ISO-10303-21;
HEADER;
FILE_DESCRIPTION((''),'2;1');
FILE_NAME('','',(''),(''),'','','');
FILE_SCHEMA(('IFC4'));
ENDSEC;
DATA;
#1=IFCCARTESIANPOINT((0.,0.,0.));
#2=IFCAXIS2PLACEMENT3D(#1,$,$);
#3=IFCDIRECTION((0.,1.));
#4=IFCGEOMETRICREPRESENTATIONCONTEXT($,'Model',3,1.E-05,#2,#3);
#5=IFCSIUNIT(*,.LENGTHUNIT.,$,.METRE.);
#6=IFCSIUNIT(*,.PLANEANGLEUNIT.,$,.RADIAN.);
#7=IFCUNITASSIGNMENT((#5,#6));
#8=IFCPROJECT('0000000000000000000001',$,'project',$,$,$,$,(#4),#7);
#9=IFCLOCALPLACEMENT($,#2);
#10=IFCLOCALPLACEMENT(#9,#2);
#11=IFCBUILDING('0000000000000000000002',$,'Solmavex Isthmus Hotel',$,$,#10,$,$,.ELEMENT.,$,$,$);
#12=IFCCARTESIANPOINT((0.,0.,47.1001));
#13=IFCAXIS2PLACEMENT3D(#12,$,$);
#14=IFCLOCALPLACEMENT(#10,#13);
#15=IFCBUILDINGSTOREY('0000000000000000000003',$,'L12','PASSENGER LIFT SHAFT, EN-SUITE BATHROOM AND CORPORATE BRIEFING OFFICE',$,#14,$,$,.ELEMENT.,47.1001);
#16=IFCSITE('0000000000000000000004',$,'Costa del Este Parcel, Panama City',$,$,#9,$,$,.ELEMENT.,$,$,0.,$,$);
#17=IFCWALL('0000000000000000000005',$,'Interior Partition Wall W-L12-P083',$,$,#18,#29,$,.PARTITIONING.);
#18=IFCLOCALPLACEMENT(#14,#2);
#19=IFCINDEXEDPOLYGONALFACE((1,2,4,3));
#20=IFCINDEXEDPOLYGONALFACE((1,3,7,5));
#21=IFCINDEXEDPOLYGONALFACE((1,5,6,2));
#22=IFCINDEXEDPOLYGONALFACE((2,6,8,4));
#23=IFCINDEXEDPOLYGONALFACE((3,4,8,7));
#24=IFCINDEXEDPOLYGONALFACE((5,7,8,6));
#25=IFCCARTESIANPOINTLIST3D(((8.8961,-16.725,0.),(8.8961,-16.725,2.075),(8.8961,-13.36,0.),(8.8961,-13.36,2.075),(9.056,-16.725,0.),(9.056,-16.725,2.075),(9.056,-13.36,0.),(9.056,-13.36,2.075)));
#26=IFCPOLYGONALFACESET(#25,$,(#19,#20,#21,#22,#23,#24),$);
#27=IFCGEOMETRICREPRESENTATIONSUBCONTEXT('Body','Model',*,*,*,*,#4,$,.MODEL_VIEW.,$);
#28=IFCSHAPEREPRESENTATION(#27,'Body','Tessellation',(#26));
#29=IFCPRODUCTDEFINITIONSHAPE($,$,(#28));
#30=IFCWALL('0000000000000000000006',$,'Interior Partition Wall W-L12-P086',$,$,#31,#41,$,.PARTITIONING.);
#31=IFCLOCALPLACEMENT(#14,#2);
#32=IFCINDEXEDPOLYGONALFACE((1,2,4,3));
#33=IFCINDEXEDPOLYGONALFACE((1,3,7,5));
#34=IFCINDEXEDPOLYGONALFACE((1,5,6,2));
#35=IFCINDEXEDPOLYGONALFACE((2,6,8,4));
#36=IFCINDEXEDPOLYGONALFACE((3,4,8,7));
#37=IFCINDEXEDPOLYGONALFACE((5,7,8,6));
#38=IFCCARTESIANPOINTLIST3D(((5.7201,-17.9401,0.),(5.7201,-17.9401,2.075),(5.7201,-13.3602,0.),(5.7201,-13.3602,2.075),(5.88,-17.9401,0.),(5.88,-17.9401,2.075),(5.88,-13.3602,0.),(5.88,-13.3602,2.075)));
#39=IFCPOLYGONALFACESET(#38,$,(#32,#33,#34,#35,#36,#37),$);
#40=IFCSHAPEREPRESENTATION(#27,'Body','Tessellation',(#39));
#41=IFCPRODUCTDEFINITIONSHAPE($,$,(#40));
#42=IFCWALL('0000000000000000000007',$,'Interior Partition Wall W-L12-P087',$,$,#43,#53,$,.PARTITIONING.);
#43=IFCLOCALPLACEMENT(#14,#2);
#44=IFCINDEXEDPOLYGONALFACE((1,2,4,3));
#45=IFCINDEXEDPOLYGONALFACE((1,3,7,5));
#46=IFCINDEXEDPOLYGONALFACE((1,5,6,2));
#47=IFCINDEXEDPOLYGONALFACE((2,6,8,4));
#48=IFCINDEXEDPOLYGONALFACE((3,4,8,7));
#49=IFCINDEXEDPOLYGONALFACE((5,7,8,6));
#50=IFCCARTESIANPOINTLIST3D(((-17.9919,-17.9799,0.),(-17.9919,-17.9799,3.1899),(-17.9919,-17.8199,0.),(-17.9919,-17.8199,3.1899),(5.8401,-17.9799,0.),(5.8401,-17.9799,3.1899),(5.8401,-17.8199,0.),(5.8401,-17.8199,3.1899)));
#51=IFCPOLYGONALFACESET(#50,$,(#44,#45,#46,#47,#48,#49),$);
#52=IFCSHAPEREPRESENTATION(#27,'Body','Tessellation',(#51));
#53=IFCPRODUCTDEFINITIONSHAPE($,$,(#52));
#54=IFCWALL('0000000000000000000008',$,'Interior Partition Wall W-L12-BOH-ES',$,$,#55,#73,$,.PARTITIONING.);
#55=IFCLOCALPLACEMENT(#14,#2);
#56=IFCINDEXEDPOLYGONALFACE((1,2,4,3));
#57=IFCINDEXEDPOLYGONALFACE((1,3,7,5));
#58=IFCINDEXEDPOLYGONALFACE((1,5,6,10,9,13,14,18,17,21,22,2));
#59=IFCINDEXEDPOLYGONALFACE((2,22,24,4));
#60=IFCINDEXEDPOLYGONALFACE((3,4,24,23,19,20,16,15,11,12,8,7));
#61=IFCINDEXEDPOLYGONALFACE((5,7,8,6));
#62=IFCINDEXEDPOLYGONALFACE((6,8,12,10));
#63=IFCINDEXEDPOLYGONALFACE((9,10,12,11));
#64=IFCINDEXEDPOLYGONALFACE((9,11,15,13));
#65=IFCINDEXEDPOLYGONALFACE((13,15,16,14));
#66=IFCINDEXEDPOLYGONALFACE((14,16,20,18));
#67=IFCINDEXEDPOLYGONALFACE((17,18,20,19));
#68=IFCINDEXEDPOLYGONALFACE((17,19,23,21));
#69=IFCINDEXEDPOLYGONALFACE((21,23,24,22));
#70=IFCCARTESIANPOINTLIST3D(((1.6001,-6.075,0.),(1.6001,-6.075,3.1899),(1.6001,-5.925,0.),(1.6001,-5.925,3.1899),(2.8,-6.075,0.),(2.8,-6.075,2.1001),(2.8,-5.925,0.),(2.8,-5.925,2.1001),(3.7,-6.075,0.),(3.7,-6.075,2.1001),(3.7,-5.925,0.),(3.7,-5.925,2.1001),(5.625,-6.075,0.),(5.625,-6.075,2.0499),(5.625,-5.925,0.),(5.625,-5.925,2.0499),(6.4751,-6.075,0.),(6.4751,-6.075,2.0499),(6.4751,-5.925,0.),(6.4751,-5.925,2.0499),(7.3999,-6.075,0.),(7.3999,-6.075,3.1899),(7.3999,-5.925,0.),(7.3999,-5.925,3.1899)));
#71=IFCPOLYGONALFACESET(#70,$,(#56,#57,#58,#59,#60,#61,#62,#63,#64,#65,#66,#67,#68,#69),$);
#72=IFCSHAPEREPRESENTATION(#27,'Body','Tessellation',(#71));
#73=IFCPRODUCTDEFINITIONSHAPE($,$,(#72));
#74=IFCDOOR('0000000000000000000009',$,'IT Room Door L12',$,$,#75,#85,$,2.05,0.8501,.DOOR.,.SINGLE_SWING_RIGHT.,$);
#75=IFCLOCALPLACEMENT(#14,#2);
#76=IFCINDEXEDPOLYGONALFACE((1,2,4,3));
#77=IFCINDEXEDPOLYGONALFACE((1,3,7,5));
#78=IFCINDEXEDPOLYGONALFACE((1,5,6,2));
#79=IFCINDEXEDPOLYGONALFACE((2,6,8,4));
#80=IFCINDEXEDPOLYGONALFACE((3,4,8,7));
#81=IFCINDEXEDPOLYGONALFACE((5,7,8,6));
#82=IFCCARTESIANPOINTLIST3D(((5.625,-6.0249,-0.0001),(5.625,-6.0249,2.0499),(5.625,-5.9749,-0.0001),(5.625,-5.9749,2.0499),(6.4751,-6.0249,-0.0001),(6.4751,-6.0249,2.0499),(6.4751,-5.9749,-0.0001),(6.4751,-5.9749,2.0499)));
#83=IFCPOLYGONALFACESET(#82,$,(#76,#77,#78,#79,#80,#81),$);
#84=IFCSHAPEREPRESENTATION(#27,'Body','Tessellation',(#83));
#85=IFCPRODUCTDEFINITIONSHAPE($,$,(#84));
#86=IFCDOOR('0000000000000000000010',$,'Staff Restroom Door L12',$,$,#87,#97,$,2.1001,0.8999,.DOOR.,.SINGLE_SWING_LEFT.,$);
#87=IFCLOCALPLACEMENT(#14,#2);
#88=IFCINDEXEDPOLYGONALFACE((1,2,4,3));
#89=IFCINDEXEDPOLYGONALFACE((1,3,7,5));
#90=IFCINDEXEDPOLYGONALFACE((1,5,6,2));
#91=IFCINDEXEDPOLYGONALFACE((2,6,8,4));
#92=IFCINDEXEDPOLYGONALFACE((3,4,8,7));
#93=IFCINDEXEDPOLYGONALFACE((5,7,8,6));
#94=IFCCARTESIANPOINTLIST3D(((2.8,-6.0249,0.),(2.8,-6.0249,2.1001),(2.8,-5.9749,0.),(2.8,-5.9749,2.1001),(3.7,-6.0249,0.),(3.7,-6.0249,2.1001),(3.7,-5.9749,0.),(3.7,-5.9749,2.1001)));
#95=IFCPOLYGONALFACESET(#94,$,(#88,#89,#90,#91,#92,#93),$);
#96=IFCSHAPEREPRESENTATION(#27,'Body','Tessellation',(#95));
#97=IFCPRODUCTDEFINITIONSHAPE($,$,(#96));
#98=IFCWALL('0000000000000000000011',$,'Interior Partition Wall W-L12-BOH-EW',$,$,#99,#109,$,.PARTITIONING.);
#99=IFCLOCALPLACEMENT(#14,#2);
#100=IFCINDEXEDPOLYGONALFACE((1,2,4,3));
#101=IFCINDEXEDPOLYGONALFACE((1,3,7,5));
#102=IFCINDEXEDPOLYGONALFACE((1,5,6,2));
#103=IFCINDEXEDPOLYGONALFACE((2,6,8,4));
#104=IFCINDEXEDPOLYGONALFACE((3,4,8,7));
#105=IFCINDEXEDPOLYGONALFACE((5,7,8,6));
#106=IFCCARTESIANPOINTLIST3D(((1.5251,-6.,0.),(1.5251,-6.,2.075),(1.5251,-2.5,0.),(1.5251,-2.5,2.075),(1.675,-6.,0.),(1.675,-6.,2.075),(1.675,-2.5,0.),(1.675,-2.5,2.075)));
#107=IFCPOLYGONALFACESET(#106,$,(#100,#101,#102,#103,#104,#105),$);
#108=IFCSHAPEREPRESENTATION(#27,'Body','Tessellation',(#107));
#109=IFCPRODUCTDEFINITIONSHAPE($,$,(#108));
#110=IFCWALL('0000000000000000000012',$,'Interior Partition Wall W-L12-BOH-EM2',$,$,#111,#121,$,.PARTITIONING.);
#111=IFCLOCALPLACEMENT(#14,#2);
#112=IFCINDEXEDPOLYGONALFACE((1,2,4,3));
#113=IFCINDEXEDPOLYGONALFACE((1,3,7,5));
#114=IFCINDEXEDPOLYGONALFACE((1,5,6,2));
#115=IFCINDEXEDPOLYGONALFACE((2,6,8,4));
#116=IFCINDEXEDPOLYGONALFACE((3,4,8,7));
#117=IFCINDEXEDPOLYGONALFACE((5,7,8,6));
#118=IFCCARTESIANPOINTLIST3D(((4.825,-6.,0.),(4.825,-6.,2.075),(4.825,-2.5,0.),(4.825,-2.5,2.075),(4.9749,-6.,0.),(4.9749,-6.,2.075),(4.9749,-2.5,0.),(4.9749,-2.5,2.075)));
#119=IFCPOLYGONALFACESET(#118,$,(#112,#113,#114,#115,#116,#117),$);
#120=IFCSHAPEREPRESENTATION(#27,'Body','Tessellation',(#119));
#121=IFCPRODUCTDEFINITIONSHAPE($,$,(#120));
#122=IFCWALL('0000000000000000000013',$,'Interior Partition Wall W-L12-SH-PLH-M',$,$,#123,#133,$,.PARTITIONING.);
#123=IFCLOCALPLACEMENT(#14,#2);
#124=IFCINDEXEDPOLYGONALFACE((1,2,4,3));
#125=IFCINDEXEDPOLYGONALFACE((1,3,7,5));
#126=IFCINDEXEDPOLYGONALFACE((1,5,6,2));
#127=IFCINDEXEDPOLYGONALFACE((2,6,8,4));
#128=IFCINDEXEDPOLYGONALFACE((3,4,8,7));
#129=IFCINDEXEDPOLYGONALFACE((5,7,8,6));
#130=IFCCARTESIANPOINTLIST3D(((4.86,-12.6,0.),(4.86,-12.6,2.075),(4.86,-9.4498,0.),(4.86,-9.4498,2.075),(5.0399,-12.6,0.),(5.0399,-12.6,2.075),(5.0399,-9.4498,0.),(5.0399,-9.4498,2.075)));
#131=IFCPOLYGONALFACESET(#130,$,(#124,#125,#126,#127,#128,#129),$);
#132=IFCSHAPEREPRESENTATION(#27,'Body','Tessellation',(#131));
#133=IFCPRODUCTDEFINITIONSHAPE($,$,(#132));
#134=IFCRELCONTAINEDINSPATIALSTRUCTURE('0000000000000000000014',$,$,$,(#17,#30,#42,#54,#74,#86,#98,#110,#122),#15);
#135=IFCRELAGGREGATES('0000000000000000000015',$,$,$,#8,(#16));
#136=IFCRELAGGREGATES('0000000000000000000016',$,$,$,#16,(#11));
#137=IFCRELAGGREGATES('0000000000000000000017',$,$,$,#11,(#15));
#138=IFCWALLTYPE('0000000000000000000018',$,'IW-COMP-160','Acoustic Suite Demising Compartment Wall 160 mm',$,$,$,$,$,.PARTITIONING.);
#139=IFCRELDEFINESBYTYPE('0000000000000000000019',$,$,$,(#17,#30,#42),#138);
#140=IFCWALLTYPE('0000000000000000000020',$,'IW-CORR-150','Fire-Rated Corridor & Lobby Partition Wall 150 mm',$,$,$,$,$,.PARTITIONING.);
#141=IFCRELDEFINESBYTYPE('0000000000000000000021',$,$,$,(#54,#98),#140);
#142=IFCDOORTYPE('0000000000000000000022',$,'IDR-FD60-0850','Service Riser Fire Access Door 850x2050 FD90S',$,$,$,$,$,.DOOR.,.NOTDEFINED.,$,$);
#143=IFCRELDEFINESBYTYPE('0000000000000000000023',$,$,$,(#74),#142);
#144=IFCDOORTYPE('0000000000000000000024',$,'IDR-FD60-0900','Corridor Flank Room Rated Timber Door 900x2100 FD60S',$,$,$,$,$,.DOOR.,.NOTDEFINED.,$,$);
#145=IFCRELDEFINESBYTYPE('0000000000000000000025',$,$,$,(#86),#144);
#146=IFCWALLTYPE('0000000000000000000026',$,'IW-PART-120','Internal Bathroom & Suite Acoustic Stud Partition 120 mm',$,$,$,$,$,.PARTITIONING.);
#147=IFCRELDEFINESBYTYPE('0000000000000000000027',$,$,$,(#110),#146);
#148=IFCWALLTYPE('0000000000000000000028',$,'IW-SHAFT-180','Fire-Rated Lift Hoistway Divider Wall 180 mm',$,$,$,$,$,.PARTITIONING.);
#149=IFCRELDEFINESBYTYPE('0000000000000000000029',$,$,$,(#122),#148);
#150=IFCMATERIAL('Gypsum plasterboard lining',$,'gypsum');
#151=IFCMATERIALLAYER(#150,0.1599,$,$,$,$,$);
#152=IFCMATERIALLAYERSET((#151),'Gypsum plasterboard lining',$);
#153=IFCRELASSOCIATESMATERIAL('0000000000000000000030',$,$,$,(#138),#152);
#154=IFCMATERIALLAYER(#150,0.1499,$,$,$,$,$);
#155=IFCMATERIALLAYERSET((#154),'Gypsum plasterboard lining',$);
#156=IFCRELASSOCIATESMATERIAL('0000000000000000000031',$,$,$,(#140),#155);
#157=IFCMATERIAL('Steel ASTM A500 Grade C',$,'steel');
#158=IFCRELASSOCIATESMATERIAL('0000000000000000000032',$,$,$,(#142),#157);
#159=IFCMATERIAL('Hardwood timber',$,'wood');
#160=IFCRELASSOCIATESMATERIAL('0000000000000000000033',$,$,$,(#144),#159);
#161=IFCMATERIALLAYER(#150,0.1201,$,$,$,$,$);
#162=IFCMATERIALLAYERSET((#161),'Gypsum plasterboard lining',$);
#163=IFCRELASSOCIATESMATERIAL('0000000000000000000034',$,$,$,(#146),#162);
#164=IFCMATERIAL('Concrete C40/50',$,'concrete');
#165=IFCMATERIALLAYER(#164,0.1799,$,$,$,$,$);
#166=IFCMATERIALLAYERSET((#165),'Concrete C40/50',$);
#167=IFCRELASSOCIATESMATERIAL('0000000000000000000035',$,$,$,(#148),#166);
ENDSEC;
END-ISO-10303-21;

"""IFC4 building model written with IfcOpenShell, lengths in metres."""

from ifc_helpers import new_model, si_unit, direction, frame, frame_2d, origin, place, context, subcontext, project, spatial, rectangle, extrude, material, layer, layer_set, type_object, element, fill, save


model = new_model("IFC4")

# Units and contexts
model_context = context("Model", 3, precision=1e-05, world=origin(), true_north=direction((0.0, 1.0)))
body_context = subcontext(model_context, "Body", "Model", "MODEL_VIEW")
ifc_project = project(units=[si_unit("LENGTHUNIT", "METRE"), si_unit("PLANEANGLEUNIT", "RADIAN")], contexts=[model_context])

# Site, building, storey
site_placement = place(None, origin())
site = spatial("IfcSite", under=ifc_project, at=site_placement, Name="Costa del Este Parcel, Panama City", CompositionType="ELEMENT", RefElevation=0.0)
building_placement = place(site_placement, origin())
building = spatial("IfcBuilding", under=site, at=building_placement, Name="Solmavex Isthmus Hotel", CompositionType="ELEMENT")
storey_placement = place(building_placement, frame((0.0, 0.0, 47.1001)))
storey = spatial("IfcBuildingStorey", under=building, at=storey_placement, Name="L12", Description="PASSENGER LIFT SHAFT, EN-SUITE BATHROOM AND CORPORATE BRIEFING OFFICE", CompositionType="ELEMENT", Elevation=47.1001)

# Walls
ifc_material_1 = material(Name="Gypsum plasterboard lining", Category="gypsum")
ifc_layer_1 = layer(ifc_material_1, 0.1599)
ifc_layer_set_1 = layer_set([ifc_layer_1], Name="Gypsum plasterboard lining")
wall_type_1 = type_object("IfcWallType", Name="IW-COMP-160", Description="Acoustic Suite Demising Compartment Wall 160 mm", PredefinedType="PARTITIONING", material=ifc_layer_set_1)
wall_1_placement = place(storey_placement, frame((8.9761, -16.7251, 0.0), z_axis=(0.0, 0.0, 1.0), x_axis=(0.0, 1.0, 0.0)))
element("IfcWall", 1, at=wall_1_placement, inside=storey, type_object=wall_type_1, Name="Interior Partition Wall W-L12-P083", PredefinedType="PARTITIONING", context=body_context, shape_type="SweptSolid", body=[
    extrude(rectangle(XDim=3.365, YDim=0.1599, at=frame_2d((1.6826, 0.0))), origin(), (0.0, 0.0, 1.0), 2.075),
])
wall_2_placement = place(storey_placement, frame((5.8, -13.3601, 0.0), z_axis=(0.0, 0.0, 1.0), x_axis=(0.0, -1.0, 0.0)))
element("IfcWall", 2, at=wall_2_placement, inside=storey, type_object=wall_type_1, Name="Interior Partition Wall W-L12-P086", PredefinedType="PARTITIONING", context=body_context, shape_type="SweptSolid", body=[
    extrude(rectangle(XDim=4.5798, YDim=0.1599, at=frame_2d((2.29, 0.0))), origin(), (0.0, 0.0, 1.0), 2.075),
])
wall_3_placement = place(storey_placement, frame((5.8401, -17.8999, 0.0), z_axis=(0.0, 0.0, 1.0), x_axis=(-1.0, 0.0, 0.0)))
element("IfcWall", 3, at=wall_3_placement, inside=storey, type_object=wall_type_1, Name="Interior Partition Wall W-L12-P087", PredefinedType="PARTITIONING", context=body_context, shape_type="SweptSolid", body=[
    extrude(rectangle(XDim=23.832, YDim=0.1599, at=frame_2d((11.916, 0.0))), origin(), (0.0, 0.0, 1.0), 3.1899),
])

# Wall, openings, doors
ifc_layer_2 = layer(ifc_material_1, 0.1499)
ifc_layer_set_2 = layer_set([ifc_layer_2], Name="Gypsum plasterboard lining")
wall_type_2 = type_object("IfcWallType", Name="IW-CORR-150", Description="Fire-Rated Corridor & Lobby Partition Wall 150 mm", PredefinedType="PARTITIONING", material=ifc_layer_set_2)
wall_4_placement = place(storey_placement, frame((1.6001, -6.0, 0.0), z_axis=(0.0, 0.0, 1.0), x_axis=(1.0, 0.0, 0.0)))
wall_4 = element("IfcWall", 4, at=wall_4_placement, inside=storey, type_object=wall_type_2, Name="Interior Partition Wall W-L12-BOH-ES", PredefinedType="PARTITIONING", context=body_context, shape_type="SweptSolid", body=[
    extrude(rectangle(XDim=5.7998, YDim=0.1499, at=frame_2d((2.8999, 0.0))), origin(), (0.0, 0.0, 1.0), 3.1899),
])
opening_1_placement = place(wall_4_placement, frame((1.2, 0.0, 0.0)))
opening_1 = element("IfcOpeningElement", 5, at=opening_1_placement, cuts=wall_4, PredefinedType="OPENING", context=body_context, shape_type="SweptSolid", body=[
    extrude(rectangle(XDim=0.8999, YDim=2.1001, at=frame_2d((0.45, 1.05))), frame((0.0, 0.085, 0.0), z_axis=(0.0, -1.0, 0.0), x_axis=(1.0, 0.0, 0.0)), (0.0, 0.0, 1.0), 0.1699),
])
opening_2_placement = place(wall_4_placement, frame((4.0249, 0.0, 0.0)))
opening_2 = element("IfcOpeningElement", 6, at=opening_2_placement, cuts=wall_4, PredefinedType="OPENING", context=body_context, shape_type="SweptSolid", body=[
    extrude(rectangle(XDim=0.8501, YDim=2.05, at=frame_2d((0.425, 1.0249))), frame((0.0, 0.085, 0.0), z_axis=(0.0, -1.0, 0.0), x_axis=(1.0, 0.0, 0.0)), (0.0, 0.0, 1.0), 0.1699),
])
ifc_material_2 = material(Name="Steel ASTM A500 Grade C", Category="steel")
door_type_1 = type_object("IfcDoorType", Name="IDR-FD60-0850", Description="Service Riser Fire Access Door 850x2050 FD90S", OperationType="NOTDEFINED", PredefinedType="DOOR", material=ifc_material_2)
door_1_placement = place(opening_2_placement, frame((0.8501, 0.0, 0.0), z_axis=(0.0, 0.0, 1.0), x_axis=(-1.0, 0.0, 0.0)))
door_1 = element("IfcDoor", 7, at=door_1_placement, inside=storey, type_object=door_type_1, Name="IT Room Door L12", OperationType="SINGLE_SWING_RIGHT", OverallHeight=2.05, OverallWidth=0.8501, PredefinedType="DOOR", context=body_context, shape_type="SweptSolid", body=[
    extrude(rectangle(XDim=0.8501, YDim=2.05, at=frame_2d((0.425, 1.0249))), frame((0.0, 0.0249, 0.0), z_axis=(0.0, -1.0, 0.0), x_axis=(1.0, 0.0, 0.0)), (0.0, 0.0, 1.0), 0.05),
])
fill(opening_2, door_1)
ifc_material_3 = material(Name="Hardwood timber", Category="wood")
door_type_2 = type_object("IfcDoorType", Name="IDR-FD60-0900", Description="Corridor Flank Room Rated Timber Door 900x2100 FD60S", OperationType="NOTDEFINED", PredefinedType="DOOR", material=ifc_material_3)
door_2_placement = place(opening_1_placement, frame((0.8999, 0.0, 0.0), z_axis=(0.0, 0.0, 1.0), x_axis=(-1.0, 0.0, 0.0)))
door_2 = element("IfcDoor", 8, at=door_2_placement, inside=storey, type_object=door_type_2, Name="Staff Restroom Door L12", OperationType="SINGLE_SWING_LEFT", OverallHeight=2.1001, OverallWidth=0.8999, PredefinedType="DOOR", context=body_context, shape_type="SweptSolid", body=[
    extrude(rectangle(XDim=0.8999, YDim=2.1001, at=frame_2d((0.45, 1.05))), frame((0.0, 0.0249, 0.0), z_axis=(0.0, -1.0, 0.0), x_axis=(1.0, 0.0, 0.0)), (0.0, 0.0, 1.0), 0.05),
])
fill(opening_1, door_2)

# Walls
wall_5_placement = place(storey_placement, frame((1.6001, -6.0, 0.0), z_axis=(0.0, 0.0, 1.0), x_axis=(0.0, 1.0, 0.0)))
element("IfcWall", 9, at=wall_5_placement, inside=storey, type_object=wall_type_2, Name="Interior Partition Wall W-L12-BOH-EW", PredefinedType="PARTITIONING", context=body_context, shape_type="SweptSolid", body=[
    extrude(rectangle(XDim=3.5, YDim=0.1499, at=frame_2d((1.75, 0.0))), origin(), (0.0, 0.0, 1.0), 2.075),
])
ifc_layer_3 = layer(ifc_material_1, 0.1201)
ifc_layer_set_3 = layer_set([ifc_layer_3], Name="Gypsum plasterboard lining")
wall_type_3 = type_object("IfcWallType", Name="IW-PART-120", Description="Internal Bathroom & Suite Acoustic Stud Partition 120 mm", PredefinedType="PARTITIONING", material=ifc_layer_set_3)
wall_6_placement = place(storey_placement, frame((4.8999, -6.0, 0.0), z_axis=(0.0, 0.0, 1.0), x_axis=(0.0, 1.0, 0.0)))
element("IfcWall", 10, at=wall_6_placement, inside=storey, type_object=wall_type_3, Name="Interior Partition Wall W-L12-BOH-EM2", PredefinedType="PARTITIONING", context=body_context, shape_type="SweptSolid", body=[
    extrude(rectangle(XDim=3.5, YDim=0.1499, at=frame_2d((1.75, 0.0))), origin(), (0.0, 0.0, 1.0), 2.075),
])
ifc_material_4 = material(Name="Concrete C40/50", Category="concrete")
ifc_layer_4 = layer(ifc_material_4, 0.1799)
ifc_layer_set_4 = layer_set([ifc_layer_4], Name="Concrete C40/50")
wall_type_4 = type_object("IfcWallType", Name="IW-SHAFT-180", Description="Fire-Rated Lift Hoistway Divider Wall 180 mm", PredefinedType="PARTITIONING", material=ifc_layer_set_4)
wall_7_placement = place(storey_placement, frame((4.95, -12.6001, 0.0), z_axis=(0.0, 0.0, 1.0), x_axis=(0.0, 1.0, 0.0)))
element("IfcWall", 11, at=wall_7_placement, inside=storey, type_object=wall_type_4, Name="Interior Partition Wall W-L12-SH-PLH-M", PredefinedType="PARTITIONING", context=body_context, shape_type="SweptSolid", body=[
    extrude(rectangle(XDim=3.1501, YDim=0.1799, at=frame_2d((1.5752, 0.0))), origin(), (0.0, 0.0, 1.0), 2.075),
])

save(model, "model.ifc")
